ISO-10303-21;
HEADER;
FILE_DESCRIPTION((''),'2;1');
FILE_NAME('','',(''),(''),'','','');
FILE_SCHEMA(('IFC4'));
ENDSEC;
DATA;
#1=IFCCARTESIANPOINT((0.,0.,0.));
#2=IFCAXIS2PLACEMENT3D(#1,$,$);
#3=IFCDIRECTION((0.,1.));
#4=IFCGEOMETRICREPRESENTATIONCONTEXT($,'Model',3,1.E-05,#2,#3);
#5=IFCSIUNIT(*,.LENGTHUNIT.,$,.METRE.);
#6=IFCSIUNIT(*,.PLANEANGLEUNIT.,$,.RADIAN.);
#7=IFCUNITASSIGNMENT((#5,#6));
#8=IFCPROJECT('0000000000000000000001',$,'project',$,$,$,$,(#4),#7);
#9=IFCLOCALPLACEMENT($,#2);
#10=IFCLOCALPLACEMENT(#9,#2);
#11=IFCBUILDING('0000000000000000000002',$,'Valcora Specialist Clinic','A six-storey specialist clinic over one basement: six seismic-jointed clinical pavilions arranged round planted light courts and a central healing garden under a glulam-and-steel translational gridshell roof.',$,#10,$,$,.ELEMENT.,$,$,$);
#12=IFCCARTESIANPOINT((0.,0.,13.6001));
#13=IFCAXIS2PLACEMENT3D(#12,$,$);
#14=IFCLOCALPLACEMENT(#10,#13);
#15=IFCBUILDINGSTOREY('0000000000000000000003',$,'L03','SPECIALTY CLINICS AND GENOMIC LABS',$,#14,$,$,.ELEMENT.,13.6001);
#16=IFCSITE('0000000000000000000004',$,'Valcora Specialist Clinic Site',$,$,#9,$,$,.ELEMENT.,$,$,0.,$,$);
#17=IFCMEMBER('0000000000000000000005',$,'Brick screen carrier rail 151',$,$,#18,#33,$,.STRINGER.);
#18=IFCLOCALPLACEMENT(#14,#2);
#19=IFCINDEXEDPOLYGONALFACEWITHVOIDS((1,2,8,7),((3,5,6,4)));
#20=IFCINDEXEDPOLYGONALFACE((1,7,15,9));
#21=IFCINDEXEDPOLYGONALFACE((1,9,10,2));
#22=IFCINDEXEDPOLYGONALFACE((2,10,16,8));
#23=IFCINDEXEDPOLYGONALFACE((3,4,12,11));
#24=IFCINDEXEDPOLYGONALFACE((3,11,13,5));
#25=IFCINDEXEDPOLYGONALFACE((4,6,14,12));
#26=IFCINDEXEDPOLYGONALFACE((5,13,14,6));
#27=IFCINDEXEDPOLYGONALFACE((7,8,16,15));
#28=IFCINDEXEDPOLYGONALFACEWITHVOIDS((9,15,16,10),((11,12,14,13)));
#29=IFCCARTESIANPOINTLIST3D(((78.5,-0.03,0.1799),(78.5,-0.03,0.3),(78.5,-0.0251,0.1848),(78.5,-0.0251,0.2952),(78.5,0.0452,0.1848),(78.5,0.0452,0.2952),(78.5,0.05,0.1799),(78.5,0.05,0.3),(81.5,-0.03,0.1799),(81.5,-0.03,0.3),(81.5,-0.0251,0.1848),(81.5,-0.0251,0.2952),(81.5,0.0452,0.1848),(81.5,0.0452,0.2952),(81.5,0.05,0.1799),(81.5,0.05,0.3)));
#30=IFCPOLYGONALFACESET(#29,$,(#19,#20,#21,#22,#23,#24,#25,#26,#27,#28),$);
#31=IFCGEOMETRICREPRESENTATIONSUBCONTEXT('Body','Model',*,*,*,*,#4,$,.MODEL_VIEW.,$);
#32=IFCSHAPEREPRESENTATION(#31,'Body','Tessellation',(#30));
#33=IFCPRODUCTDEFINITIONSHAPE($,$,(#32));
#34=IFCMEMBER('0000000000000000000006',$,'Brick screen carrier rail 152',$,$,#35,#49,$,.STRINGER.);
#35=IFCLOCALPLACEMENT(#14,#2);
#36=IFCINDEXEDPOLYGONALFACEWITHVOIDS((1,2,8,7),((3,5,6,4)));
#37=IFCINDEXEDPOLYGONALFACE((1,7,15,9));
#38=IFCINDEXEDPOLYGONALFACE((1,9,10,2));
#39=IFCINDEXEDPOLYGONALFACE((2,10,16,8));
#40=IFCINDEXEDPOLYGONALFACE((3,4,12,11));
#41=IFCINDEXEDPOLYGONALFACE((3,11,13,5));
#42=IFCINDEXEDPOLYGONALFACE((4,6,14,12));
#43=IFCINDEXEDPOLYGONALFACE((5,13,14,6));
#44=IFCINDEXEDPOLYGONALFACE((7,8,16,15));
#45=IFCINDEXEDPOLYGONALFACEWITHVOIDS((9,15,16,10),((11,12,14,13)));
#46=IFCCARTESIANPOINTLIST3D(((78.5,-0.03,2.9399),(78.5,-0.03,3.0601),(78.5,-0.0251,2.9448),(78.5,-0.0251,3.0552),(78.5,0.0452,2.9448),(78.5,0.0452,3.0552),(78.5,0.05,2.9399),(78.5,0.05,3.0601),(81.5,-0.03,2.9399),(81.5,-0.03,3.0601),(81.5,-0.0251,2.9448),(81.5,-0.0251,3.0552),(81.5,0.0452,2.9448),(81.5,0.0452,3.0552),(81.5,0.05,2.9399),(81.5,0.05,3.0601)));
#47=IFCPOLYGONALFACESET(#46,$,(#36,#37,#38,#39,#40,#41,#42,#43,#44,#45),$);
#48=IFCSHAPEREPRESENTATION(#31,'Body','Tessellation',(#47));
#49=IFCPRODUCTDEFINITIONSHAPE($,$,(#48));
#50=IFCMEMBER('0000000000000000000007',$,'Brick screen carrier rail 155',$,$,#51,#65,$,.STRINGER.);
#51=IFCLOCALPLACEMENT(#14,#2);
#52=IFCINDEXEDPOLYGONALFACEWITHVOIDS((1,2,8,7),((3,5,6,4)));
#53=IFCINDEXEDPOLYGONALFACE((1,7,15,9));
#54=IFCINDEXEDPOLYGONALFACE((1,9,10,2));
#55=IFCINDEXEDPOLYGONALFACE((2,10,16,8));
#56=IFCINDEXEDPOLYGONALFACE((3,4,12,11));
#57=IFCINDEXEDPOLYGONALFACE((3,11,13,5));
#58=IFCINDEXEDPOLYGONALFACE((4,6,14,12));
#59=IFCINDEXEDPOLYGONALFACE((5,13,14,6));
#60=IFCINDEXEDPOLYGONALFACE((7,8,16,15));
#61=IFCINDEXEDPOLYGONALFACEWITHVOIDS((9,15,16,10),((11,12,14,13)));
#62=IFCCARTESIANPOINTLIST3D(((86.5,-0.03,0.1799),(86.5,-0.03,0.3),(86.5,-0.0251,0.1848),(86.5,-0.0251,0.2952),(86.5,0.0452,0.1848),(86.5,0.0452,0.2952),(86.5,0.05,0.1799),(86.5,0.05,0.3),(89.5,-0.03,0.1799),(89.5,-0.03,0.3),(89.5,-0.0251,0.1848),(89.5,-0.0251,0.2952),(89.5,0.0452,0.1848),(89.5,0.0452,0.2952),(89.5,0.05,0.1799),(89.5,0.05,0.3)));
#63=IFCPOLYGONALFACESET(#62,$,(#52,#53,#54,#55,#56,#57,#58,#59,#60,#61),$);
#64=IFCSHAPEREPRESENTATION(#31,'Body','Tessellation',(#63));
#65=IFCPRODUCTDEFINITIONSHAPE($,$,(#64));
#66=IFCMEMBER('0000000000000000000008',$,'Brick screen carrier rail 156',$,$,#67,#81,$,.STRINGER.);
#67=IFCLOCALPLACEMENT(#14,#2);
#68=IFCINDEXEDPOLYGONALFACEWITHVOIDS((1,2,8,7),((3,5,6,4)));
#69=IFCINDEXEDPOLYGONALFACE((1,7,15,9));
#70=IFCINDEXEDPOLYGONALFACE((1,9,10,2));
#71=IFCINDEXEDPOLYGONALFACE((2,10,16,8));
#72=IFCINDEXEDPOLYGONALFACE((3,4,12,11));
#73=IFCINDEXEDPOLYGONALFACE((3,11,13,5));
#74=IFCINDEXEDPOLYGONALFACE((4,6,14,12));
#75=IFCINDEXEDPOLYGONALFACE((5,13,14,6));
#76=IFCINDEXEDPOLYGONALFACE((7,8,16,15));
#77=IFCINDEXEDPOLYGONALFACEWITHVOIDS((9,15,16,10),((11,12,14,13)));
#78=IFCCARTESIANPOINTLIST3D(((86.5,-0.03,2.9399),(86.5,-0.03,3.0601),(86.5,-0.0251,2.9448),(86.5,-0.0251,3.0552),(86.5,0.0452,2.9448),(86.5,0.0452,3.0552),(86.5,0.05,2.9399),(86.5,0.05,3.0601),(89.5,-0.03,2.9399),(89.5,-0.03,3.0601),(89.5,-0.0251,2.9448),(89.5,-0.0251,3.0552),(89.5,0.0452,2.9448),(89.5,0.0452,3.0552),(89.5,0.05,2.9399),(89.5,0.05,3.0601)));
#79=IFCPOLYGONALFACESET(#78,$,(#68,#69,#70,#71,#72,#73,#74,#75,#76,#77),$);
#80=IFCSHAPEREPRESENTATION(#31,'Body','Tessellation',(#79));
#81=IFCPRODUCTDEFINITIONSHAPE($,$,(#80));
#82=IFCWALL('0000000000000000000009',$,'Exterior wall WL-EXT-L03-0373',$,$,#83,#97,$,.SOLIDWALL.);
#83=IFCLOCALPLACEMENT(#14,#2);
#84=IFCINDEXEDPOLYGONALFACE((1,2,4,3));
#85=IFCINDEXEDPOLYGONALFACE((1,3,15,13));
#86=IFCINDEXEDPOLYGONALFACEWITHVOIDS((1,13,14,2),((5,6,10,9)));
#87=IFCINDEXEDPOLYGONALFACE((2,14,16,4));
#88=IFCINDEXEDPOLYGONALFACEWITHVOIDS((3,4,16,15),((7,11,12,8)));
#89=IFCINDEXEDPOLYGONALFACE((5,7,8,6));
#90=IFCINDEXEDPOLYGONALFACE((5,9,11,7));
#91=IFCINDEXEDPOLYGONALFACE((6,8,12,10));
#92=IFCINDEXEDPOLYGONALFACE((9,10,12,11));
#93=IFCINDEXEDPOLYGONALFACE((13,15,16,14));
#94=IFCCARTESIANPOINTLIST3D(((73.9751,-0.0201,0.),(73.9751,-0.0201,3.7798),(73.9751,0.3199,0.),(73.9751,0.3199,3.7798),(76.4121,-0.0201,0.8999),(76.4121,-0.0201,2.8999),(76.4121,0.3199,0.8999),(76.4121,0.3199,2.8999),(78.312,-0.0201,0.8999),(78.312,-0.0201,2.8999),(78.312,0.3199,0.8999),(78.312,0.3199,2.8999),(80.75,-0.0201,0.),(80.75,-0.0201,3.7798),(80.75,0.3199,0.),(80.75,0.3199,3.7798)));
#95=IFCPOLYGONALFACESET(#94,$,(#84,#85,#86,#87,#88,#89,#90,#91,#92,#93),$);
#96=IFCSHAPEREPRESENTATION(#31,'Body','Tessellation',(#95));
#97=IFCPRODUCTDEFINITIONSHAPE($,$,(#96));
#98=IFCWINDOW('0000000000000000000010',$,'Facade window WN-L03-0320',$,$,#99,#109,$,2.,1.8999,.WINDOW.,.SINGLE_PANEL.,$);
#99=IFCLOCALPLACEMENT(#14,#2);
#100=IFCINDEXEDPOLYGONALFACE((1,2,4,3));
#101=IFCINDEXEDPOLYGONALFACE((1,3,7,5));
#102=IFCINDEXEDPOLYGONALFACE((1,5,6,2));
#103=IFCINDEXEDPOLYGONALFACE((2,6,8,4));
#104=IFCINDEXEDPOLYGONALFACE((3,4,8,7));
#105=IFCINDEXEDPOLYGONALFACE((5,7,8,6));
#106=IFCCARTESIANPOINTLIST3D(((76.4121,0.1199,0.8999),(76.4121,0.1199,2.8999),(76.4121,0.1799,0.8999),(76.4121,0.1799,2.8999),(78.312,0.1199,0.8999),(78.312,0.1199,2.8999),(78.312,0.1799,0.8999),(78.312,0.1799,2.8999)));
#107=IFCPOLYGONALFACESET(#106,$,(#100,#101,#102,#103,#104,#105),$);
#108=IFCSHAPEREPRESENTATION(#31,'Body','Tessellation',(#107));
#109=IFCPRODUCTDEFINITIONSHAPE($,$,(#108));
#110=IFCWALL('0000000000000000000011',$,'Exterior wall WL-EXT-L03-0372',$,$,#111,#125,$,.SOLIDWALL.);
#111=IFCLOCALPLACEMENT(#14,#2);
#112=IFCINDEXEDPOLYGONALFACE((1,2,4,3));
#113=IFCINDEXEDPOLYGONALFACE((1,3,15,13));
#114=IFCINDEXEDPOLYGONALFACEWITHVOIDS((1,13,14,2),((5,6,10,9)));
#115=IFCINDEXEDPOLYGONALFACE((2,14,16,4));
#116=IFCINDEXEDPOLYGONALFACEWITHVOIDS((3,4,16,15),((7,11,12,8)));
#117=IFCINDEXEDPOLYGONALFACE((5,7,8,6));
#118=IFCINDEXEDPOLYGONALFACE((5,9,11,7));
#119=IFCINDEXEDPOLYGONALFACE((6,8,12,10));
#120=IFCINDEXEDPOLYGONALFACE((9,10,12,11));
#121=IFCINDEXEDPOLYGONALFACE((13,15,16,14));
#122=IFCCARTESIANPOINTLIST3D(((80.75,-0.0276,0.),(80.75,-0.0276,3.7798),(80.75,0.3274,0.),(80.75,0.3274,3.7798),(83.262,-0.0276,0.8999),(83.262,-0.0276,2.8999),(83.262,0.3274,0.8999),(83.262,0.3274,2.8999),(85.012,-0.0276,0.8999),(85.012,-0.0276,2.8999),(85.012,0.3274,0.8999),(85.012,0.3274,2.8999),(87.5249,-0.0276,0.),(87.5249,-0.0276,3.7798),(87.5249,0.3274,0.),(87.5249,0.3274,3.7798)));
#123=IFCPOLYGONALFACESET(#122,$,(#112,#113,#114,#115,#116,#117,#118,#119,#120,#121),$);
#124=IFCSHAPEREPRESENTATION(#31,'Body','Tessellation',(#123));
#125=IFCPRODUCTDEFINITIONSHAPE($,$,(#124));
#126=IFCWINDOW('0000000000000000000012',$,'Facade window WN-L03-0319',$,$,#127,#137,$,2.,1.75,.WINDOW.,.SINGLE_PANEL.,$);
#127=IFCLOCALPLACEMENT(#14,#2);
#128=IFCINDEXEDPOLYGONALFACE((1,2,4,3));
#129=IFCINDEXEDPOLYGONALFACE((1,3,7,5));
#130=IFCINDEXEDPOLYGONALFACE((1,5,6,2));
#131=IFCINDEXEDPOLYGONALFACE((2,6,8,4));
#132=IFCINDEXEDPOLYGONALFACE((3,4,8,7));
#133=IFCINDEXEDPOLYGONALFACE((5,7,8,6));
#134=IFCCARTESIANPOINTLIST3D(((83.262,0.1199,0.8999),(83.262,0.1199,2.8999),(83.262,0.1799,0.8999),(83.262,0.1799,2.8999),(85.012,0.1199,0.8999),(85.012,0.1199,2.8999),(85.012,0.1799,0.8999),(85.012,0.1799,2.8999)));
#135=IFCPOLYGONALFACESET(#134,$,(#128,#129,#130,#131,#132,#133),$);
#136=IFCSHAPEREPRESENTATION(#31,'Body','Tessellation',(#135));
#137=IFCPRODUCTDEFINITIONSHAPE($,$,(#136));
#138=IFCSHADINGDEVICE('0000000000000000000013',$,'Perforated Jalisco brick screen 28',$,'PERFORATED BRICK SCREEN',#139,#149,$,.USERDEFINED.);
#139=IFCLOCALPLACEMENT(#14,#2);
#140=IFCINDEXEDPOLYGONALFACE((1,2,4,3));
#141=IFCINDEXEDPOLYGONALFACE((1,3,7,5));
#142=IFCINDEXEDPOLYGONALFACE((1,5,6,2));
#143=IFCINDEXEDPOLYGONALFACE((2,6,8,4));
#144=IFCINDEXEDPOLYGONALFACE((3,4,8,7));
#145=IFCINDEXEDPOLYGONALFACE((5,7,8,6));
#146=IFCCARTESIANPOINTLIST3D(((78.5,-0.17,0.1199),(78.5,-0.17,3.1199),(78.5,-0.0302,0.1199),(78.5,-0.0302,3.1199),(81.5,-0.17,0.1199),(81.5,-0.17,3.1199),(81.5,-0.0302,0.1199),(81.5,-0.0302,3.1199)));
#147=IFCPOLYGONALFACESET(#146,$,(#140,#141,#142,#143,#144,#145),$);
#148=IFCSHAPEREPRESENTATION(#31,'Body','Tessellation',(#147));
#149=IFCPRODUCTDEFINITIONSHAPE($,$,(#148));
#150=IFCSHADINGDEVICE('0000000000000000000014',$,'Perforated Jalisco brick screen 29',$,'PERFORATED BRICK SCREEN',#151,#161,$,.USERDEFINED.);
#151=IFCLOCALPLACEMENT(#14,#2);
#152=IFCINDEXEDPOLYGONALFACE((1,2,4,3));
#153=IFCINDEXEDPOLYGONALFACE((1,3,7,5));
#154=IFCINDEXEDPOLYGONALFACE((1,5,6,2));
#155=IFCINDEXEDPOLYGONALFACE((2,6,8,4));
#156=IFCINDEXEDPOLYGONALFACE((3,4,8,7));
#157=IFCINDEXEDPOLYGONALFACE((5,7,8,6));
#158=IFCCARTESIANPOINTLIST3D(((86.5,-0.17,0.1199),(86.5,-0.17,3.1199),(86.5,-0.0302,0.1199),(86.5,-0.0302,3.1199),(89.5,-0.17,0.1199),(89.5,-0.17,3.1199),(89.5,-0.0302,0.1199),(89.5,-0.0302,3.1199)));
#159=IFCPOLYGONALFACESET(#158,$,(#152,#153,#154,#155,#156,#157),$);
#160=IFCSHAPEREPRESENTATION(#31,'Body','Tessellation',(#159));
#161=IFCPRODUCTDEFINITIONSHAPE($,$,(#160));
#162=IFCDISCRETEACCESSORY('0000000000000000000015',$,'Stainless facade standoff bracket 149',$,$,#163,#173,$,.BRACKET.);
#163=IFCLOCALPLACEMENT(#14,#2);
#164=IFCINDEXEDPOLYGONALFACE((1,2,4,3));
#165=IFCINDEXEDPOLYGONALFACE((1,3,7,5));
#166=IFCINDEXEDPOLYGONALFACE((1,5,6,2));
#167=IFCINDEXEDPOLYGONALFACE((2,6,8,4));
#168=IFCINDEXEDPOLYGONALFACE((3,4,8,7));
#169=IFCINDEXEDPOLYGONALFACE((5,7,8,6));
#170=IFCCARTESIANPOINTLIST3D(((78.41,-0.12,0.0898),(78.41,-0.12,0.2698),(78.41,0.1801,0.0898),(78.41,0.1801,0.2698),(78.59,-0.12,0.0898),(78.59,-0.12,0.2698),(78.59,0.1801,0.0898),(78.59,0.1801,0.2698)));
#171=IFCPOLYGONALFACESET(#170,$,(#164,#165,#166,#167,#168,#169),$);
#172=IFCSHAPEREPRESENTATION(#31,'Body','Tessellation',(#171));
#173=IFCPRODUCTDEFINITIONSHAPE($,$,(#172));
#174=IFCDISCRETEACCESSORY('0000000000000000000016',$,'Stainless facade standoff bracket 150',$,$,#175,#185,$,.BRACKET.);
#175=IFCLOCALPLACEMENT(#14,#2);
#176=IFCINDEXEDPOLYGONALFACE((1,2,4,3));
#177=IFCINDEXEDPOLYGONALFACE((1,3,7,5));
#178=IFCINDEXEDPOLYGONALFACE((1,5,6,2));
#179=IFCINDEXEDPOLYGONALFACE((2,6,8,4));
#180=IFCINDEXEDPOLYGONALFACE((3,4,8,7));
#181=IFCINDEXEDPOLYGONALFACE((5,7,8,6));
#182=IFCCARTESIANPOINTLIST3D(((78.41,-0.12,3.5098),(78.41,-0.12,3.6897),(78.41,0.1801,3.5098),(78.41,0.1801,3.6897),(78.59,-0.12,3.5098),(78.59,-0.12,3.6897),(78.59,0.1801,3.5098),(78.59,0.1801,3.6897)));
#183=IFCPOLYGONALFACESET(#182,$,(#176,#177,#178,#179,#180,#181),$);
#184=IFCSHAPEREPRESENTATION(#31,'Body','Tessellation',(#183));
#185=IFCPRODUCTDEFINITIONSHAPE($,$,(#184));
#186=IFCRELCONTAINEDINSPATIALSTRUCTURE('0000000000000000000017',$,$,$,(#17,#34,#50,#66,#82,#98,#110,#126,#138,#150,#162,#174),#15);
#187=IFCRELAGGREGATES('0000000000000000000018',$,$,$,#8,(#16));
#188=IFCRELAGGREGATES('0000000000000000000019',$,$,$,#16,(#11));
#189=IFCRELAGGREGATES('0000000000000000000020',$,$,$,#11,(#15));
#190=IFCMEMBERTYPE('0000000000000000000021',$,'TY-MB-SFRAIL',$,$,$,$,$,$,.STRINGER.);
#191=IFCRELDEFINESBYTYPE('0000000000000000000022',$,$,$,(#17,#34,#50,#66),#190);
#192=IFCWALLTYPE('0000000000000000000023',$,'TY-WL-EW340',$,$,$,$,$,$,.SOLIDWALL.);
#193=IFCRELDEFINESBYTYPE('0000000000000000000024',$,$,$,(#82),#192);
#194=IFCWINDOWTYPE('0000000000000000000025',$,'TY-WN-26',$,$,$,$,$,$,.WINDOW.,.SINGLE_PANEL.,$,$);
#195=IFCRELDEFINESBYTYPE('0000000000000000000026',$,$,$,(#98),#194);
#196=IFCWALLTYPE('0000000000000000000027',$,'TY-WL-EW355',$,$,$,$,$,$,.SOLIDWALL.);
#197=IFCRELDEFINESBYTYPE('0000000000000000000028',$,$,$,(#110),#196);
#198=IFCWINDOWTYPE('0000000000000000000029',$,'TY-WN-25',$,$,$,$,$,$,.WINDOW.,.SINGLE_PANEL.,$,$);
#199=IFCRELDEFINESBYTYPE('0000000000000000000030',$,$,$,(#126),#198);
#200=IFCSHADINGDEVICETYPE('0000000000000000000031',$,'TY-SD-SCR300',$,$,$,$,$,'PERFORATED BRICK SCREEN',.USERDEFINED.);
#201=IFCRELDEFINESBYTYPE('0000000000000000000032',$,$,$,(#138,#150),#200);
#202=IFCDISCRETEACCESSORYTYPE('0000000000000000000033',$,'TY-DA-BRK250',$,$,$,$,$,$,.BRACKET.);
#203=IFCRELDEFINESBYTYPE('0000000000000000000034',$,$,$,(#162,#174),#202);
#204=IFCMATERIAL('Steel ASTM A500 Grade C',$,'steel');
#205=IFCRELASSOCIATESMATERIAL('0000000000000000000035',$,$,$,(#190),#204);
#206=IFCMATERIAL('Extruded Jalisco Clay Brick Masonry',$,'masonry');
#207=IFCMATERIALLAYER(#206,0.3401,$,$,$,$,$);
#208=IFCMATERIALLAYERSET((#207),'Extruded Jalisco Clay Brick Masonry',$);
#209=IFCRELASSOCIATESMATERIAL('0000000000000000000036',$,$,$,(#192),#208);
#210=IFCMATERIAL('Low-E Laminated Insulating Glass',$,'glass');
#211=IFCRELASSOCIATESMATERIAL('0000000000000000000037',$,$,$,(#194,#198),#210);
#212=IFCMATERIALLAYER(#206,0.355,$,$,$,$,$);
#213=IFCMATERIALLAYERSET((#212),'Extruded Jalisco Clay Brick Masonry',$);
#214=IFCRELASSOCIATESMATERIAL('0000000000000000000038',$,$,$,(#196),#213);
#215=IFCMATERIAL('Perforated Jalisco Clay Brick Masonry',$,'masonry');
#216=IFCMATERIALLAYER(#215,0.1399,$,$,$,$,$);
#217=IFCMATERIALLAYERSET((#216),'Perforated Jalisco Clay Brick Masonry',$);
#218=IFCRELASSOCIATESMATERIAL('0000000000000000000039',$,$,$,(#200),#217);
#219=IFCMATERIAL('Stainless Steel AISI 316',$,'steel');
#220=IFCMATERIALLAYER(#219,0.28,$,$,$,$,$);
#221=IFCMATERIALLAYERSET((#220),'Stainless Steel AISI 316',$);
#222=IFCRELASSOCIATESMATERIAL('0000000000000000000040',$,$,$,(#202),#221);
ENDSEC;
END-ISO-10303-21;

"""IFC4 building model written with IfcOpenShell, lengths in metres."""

from ifc_helpers import new_model, si_unit, direction, frame, frame_2d, origin, origin_2d, place, context, subcontext, project, spatial, rectangle, hollow_rectangle, extrude, material, layer, layer_set, material_profile, profile_set, type_object, element, fill, save


model = new_model("IFC4")

# Units and contexts
model_context = context("Model", 3, precision=1e-05, world=origin(), true_north=direction((0.0, 1.0)))
body_context = subcontext(model_context, "Body", "Model", "MODEL_VIEW")
ifc_project = project(units=[si_unit("LENGTHUNIT", "METRE"), si_unit("PLANEANGLEUNIT", "RADIAN")], contexts=[model_context])

# Site, building, storey
site_placement = place(None, origin())
site = spatial("IfcSite", under=ifc_project, at=site_placement, Name="Valcora Specialist Clinic Site", CompositionType="ELEMENT", RefElevation=0.0)
building_placement = place(site_placement, origin())
building = spatial("IfcBuilding", under=site, at=building_placement, Name="Valcora Specialist Clinic", Description="A six-storey specialist clinic over one basement: six seismic-jointed clinical pavilions arranged round planted light courts and a central healing garden under a glulam-and-steel translational gridshell roof.", CompositionType="ELEMENT")
storey_placement = place(building_placement, frame((0.0, 0.0, 13.6001)))
storey = spatial("IfcBuildingStorey", under=building, at=storey_placement, Name="L03", Description="SPECIALTY CLINICS AND GENOMIC LABS", CompositionType="ELEMENT", Elevation=13.6001)

# Members
ifc_material_1 = material(Name="Steel ASTM A500 Grade C", Category="steel")
ifc_material_profile_1 = material_profile(ifc_material_1, hollow_rectangle(XDim=0.0801, YDim=0.1201, WallThickness=0.0049, at=origin_2d()), Name="ST-RHS-120X80X5")
ifc_profile_set_1 = profile_set([ifc_material_profile_1], Name="Steel ASTM A500 Grade C")
member_type_1 = type_object("IfcMemberType", Name="TY-MB-SFRAIL", PredefinedType="STRINGER", material=ifc_profile_set_1)
for number, where, z_axis, x_axis, name in (
    (1, (78.5, 0.01, 0.24), (1.0, 0.0, 0.0), (0.0, 1.0, 0.0), "Brick screen carrier rail 151"),
    (2, (78.5, 0.01, 3.0), (1.0, 0.0, 0.0), (0.0, 1.0, 0.0), "Brick screen carrier rail 152"),
    (3, (86.5, 0.01, 0.24), (1.0, 0.0, 0.0), (0.0, 1.0, 0.0), "Brick screen carrier rail 155"),
    (4, (86.5, 0.01, 3.0), (1.0, 0.0, 0.0), (0.0, 1.0, 0.0), "Brick screen carrier rail 156"),
):
    element("IfcMember", number, at=place(storey_placement, frame(where, z_axis=z_axis, x_axis=x_axis)), inside=storey, type_object=member_type_1, Name=name, PredefinedType="STRINGER", context=body_context, shape_type="SweptSolid", body=[
        extrude(hollow_rectangle(XDim=0.0801, YDim=0.1201, WallThickness=0.0049, at=origin_2d()), origin(), (0.0, 0.0, 1.0), 3.0),
    ])

# Walls, openings, windows
ifc_material_2 = material(Name="Extruded Jalisco Clay Brick Masonry", Category="masonry")
ifc_layer_1 = layer(ifc_material_2, 0.3401)
ifc_layer_set_1 = layer_set([ifc_layer_1], Name="Extruded Jalisco Clay Brick Masonry")
wall_type_1 = type_object("IfcWallType", Name="TY-WL-EW340", PredefinedType="SOLIDWALL", material=ifc_layer_set_1)
wall_1_placement = place(storey_placement, frame((80.75, 0.1499, 0.0), z_axis=(0.0, 0.0, 1.0), x_axis=(-1.0, 0.0, 0.0)))
wall_1 = element("IfcWall", 5, at=wall_1_placement, inside=storey, type_object=wall_type_1, Name="Exterior wall WL-EXT-L03-0373", PredefinedType="SOLIDWALL", context=body_context, shape_type="SweptSolid", body=[
    extrude(rectangle(XDim=6.7749, YDim=0.3401, at=frame_2d((3.3875, 0.0))), origin(), (0.0, 0.0, 1.0), 3.7798),
])
opening_1_placement = place(wall_1_placement, frame((2.438, 0.0, 0.8999)))
opening_1 = element("IfcOpeningElement", 6, at=opening_1_placement, cuts=wall_1, PredefinedType="OPENING", context=body_context, shape_type="SweptSolid", body=[
    extrude(rectangle(XDim=1.8999, YDim=2.0, at=frame_2d((0.95, 1.0))), frame((0.0, 0.1799, 0.0), z_axis=(0.0, -1.0, 0.0), x_axis=(1.0, 0.0, 0.0)), (0.0, 0.0, 1.0), 0.3601),
])
ifc_material_3 = material(Name="Low-E Laminated Insulating Glass", Category="glass")
window_type_1 = type_object("IfcWindowType", Name="TY-WN-26", PartitioningType="SINGLE_PANEL", PredefinedType="WINDOW", material=ifc_material_3)
window_1_placement = place(opening_1_placement, origin())
window_1 = element("IfcWindow", 7, at=window_1_placement, inside=storey, type_object=window_type_1, Name="Facade window WN-L03-0320", OverallHeight=2.0, OverallWidth=1.8999, PartitioningType="SINGLE_PANEL", PredefinedType="WINDOW", context=body_context, shape_type="SweptSolid", body=[
    extrude(rectangle(XDim=1.8999, YDim=2.0, at=frame_2d((0.95, 1.0))), frame((0.0, 0.03, 0.0), z_axis=(0.0, -1.0, 0.0), x_axis=(1.0, 0.0, 0.0)), (0.0, 0.0, 1.0), 0.0601),
])
fill(opening_1, window_1)
ifc_layer_2 = layer(ifc_material_2, 0.355)
ifc_layer_set_2 = layer_set([ifc_layer_2], Name="Extruded Jalisco Clay Brick Masonry")
wall_type_2 = type_object("IfcWallType", Name="TY-WL-EW355", PredefinedType="SOLIDWALL", material=ifc_layer_set_2)
wall_2_placement = place(storey_placement, frame((87.5249, 0.1499, 0.0), z_axis=(0.0, 0.0, 1.0), x_axis=(-1.0, 0.0, 0.0)))
wall_2 = element("IfcWall", 8, at=wall_2_placement, inside=storey, type_object=wall_type_2, Name="Exterior wall WL-EXT-L03-0372", PredefinedType="SOLIDWALL", context=body_context, shape_type="SweptSolid", body=[
    extrude(rectangle(XDim=6.7749, YDim=0.355, at=frame_2d((3.3875, 0.0))), origin(), (0.0, 0.0, 1.0), 3.7798),
])
opening_2_placement = place(wall_2_placement, frame((2.5129, 0.0, 0.8999)))
opening_2 = element("IfcOpeningElement", 9, at=opening_2_placement, cuts=wall_2, PredefinedType="OPENING", context=body_context, shape_type="SweptSolid", body=[
    extrude(rectangle(XDim=1.75, YDim=2.0, at=frame_2d((0.875, 1.0))), frame((0.0, 0.1875, 0.0), z_axis=(0.0, -1.0, 0.0), x_axis=(1.0, 0.0, 0.0)), (0.0, 0.0, 1.0), 0.375),
])
window_type_2 = type_object("IfcWindowType", Name="TY-WN-25", PartitioningType="SINGLE_PANEL", PredefinedType="WINDOW", material=ifc_material_3)
window_2_placement = place(opening_2_placement, origin())
window_2 = element("IfcWindow", 10, at=window_2_placement, inside=storey, type_object=window_type_2, Name="Facade window WN-L03-0319", OverallHeight=2.0, OverallWidth=1.75, PartitioningType="SINGLE_PANEL", PredefinedType="WINDOW", context=body_context, shape_type="SweptSolid", body=[
    extrude(rectangle(XDim=1.75, YDim=2.0, at=frame_2d((0.875, 1.0))), frame((0.0, 0.03, 0.0), z_axis=(0.0, -1.0, 0.0), x_axis=(1.0, 0.0, 0.0)), (0.0, 0.0, 1.0), 0.0601),
])
fill(opening_2, window_2)

# Shading devices
ifc_material_4 = material(Name="Perforated Jalisco Clay Brick Masonry", Category="masonry")
ifc_layer_3 = layer(ifc_material_4, 0.1399)
ifc_layer_set_3 = layer_set([ifc_layer_3], Name="Perforated Jalisco Clay Brick Masonry")
shading_device_type = type_object("IfcShadingDeviceType", Name="TY-SD-SCR300", ElementType="PERFORATED BRICK SCREEN", PredefinedType="USERDEFINED", material=ifc_layer_set_3)
for number, where, z_axis, x_axis, name in (
    (11, (80.0, -0.1001, 0.1199), (0.0, 0.0, 1.0), (1.0, 0.0, 0.0), "Perforated Jalisco brick screen 28"),
    (12, (88.0, -0.1001, 0.1199), (0.0, 0.0, 1.0), (1.0, 0.0, 0.0), "Perforated Jalisco brick screen 29"),
):
    element("IfcShadingDevice", number, at=place(storey_placement, frame(where, z_axis=z_axis, x_axis=x_axis)), inside=storey, type_object=shading_device_type, Name=name, ObjectType="PERFORATED BRICK SCREEN", PredefinedType="USERDEFINED", context=body_context, shape_type="SweptSolid", body=[
        extrude(rectangle(XDim=3.0, YDim=0.1399, at=origin_2d()), origin(), (0.0, 0.0, 1.0), 3.0),
    ])

# Discrete accessories
ifc_material_5 = material(Name="Stainless Steel AISI 316", Category="steel")
ifc_layer_4 = layer(ifc_material_5, 0.28)
ifc_layer_set_4 = layer_set([ifc_layer_4], Name="Stainless Steel AISI 316")
discrete_accessory_type = type_object("IfcDiscreteAccessoryType", Name="TY-DA-BRK250", PredefinedType="BRACKET", material=ifc_layer_set_4)
for number, where, z_axis, x_axis, name in (
    (13, (78.5, 0.03, 0.0898), (0.0, 0.0, 1.0), (1.0, 0.0, 0.0), "Stainless facade standoff bracket 149"),
    (14, (78.5, 0.03, 3.5098), (0.0, 0.0, 1.0), (1.0, 0.0, 0.0), "Stainless facade standoff bracket 150"),
):
    element("IfcDiscreteAccessory", number, at=place(storey_placement, frame(where, z_axis=z_axis, x_axis=x_axis)), inside=storey, type_object=discrete_accessory_type, Name=name, PredefinedType="BRACKET", context=body_context, shape_type="SweptSolid", body=[
        extrude(rectangle(XDim=0.1799, YDim=0.3, at=origin_2d()), origin(), (0.0, 0.0, 1.0), 0.1799),
    ])

save(model, "model.ifc")
